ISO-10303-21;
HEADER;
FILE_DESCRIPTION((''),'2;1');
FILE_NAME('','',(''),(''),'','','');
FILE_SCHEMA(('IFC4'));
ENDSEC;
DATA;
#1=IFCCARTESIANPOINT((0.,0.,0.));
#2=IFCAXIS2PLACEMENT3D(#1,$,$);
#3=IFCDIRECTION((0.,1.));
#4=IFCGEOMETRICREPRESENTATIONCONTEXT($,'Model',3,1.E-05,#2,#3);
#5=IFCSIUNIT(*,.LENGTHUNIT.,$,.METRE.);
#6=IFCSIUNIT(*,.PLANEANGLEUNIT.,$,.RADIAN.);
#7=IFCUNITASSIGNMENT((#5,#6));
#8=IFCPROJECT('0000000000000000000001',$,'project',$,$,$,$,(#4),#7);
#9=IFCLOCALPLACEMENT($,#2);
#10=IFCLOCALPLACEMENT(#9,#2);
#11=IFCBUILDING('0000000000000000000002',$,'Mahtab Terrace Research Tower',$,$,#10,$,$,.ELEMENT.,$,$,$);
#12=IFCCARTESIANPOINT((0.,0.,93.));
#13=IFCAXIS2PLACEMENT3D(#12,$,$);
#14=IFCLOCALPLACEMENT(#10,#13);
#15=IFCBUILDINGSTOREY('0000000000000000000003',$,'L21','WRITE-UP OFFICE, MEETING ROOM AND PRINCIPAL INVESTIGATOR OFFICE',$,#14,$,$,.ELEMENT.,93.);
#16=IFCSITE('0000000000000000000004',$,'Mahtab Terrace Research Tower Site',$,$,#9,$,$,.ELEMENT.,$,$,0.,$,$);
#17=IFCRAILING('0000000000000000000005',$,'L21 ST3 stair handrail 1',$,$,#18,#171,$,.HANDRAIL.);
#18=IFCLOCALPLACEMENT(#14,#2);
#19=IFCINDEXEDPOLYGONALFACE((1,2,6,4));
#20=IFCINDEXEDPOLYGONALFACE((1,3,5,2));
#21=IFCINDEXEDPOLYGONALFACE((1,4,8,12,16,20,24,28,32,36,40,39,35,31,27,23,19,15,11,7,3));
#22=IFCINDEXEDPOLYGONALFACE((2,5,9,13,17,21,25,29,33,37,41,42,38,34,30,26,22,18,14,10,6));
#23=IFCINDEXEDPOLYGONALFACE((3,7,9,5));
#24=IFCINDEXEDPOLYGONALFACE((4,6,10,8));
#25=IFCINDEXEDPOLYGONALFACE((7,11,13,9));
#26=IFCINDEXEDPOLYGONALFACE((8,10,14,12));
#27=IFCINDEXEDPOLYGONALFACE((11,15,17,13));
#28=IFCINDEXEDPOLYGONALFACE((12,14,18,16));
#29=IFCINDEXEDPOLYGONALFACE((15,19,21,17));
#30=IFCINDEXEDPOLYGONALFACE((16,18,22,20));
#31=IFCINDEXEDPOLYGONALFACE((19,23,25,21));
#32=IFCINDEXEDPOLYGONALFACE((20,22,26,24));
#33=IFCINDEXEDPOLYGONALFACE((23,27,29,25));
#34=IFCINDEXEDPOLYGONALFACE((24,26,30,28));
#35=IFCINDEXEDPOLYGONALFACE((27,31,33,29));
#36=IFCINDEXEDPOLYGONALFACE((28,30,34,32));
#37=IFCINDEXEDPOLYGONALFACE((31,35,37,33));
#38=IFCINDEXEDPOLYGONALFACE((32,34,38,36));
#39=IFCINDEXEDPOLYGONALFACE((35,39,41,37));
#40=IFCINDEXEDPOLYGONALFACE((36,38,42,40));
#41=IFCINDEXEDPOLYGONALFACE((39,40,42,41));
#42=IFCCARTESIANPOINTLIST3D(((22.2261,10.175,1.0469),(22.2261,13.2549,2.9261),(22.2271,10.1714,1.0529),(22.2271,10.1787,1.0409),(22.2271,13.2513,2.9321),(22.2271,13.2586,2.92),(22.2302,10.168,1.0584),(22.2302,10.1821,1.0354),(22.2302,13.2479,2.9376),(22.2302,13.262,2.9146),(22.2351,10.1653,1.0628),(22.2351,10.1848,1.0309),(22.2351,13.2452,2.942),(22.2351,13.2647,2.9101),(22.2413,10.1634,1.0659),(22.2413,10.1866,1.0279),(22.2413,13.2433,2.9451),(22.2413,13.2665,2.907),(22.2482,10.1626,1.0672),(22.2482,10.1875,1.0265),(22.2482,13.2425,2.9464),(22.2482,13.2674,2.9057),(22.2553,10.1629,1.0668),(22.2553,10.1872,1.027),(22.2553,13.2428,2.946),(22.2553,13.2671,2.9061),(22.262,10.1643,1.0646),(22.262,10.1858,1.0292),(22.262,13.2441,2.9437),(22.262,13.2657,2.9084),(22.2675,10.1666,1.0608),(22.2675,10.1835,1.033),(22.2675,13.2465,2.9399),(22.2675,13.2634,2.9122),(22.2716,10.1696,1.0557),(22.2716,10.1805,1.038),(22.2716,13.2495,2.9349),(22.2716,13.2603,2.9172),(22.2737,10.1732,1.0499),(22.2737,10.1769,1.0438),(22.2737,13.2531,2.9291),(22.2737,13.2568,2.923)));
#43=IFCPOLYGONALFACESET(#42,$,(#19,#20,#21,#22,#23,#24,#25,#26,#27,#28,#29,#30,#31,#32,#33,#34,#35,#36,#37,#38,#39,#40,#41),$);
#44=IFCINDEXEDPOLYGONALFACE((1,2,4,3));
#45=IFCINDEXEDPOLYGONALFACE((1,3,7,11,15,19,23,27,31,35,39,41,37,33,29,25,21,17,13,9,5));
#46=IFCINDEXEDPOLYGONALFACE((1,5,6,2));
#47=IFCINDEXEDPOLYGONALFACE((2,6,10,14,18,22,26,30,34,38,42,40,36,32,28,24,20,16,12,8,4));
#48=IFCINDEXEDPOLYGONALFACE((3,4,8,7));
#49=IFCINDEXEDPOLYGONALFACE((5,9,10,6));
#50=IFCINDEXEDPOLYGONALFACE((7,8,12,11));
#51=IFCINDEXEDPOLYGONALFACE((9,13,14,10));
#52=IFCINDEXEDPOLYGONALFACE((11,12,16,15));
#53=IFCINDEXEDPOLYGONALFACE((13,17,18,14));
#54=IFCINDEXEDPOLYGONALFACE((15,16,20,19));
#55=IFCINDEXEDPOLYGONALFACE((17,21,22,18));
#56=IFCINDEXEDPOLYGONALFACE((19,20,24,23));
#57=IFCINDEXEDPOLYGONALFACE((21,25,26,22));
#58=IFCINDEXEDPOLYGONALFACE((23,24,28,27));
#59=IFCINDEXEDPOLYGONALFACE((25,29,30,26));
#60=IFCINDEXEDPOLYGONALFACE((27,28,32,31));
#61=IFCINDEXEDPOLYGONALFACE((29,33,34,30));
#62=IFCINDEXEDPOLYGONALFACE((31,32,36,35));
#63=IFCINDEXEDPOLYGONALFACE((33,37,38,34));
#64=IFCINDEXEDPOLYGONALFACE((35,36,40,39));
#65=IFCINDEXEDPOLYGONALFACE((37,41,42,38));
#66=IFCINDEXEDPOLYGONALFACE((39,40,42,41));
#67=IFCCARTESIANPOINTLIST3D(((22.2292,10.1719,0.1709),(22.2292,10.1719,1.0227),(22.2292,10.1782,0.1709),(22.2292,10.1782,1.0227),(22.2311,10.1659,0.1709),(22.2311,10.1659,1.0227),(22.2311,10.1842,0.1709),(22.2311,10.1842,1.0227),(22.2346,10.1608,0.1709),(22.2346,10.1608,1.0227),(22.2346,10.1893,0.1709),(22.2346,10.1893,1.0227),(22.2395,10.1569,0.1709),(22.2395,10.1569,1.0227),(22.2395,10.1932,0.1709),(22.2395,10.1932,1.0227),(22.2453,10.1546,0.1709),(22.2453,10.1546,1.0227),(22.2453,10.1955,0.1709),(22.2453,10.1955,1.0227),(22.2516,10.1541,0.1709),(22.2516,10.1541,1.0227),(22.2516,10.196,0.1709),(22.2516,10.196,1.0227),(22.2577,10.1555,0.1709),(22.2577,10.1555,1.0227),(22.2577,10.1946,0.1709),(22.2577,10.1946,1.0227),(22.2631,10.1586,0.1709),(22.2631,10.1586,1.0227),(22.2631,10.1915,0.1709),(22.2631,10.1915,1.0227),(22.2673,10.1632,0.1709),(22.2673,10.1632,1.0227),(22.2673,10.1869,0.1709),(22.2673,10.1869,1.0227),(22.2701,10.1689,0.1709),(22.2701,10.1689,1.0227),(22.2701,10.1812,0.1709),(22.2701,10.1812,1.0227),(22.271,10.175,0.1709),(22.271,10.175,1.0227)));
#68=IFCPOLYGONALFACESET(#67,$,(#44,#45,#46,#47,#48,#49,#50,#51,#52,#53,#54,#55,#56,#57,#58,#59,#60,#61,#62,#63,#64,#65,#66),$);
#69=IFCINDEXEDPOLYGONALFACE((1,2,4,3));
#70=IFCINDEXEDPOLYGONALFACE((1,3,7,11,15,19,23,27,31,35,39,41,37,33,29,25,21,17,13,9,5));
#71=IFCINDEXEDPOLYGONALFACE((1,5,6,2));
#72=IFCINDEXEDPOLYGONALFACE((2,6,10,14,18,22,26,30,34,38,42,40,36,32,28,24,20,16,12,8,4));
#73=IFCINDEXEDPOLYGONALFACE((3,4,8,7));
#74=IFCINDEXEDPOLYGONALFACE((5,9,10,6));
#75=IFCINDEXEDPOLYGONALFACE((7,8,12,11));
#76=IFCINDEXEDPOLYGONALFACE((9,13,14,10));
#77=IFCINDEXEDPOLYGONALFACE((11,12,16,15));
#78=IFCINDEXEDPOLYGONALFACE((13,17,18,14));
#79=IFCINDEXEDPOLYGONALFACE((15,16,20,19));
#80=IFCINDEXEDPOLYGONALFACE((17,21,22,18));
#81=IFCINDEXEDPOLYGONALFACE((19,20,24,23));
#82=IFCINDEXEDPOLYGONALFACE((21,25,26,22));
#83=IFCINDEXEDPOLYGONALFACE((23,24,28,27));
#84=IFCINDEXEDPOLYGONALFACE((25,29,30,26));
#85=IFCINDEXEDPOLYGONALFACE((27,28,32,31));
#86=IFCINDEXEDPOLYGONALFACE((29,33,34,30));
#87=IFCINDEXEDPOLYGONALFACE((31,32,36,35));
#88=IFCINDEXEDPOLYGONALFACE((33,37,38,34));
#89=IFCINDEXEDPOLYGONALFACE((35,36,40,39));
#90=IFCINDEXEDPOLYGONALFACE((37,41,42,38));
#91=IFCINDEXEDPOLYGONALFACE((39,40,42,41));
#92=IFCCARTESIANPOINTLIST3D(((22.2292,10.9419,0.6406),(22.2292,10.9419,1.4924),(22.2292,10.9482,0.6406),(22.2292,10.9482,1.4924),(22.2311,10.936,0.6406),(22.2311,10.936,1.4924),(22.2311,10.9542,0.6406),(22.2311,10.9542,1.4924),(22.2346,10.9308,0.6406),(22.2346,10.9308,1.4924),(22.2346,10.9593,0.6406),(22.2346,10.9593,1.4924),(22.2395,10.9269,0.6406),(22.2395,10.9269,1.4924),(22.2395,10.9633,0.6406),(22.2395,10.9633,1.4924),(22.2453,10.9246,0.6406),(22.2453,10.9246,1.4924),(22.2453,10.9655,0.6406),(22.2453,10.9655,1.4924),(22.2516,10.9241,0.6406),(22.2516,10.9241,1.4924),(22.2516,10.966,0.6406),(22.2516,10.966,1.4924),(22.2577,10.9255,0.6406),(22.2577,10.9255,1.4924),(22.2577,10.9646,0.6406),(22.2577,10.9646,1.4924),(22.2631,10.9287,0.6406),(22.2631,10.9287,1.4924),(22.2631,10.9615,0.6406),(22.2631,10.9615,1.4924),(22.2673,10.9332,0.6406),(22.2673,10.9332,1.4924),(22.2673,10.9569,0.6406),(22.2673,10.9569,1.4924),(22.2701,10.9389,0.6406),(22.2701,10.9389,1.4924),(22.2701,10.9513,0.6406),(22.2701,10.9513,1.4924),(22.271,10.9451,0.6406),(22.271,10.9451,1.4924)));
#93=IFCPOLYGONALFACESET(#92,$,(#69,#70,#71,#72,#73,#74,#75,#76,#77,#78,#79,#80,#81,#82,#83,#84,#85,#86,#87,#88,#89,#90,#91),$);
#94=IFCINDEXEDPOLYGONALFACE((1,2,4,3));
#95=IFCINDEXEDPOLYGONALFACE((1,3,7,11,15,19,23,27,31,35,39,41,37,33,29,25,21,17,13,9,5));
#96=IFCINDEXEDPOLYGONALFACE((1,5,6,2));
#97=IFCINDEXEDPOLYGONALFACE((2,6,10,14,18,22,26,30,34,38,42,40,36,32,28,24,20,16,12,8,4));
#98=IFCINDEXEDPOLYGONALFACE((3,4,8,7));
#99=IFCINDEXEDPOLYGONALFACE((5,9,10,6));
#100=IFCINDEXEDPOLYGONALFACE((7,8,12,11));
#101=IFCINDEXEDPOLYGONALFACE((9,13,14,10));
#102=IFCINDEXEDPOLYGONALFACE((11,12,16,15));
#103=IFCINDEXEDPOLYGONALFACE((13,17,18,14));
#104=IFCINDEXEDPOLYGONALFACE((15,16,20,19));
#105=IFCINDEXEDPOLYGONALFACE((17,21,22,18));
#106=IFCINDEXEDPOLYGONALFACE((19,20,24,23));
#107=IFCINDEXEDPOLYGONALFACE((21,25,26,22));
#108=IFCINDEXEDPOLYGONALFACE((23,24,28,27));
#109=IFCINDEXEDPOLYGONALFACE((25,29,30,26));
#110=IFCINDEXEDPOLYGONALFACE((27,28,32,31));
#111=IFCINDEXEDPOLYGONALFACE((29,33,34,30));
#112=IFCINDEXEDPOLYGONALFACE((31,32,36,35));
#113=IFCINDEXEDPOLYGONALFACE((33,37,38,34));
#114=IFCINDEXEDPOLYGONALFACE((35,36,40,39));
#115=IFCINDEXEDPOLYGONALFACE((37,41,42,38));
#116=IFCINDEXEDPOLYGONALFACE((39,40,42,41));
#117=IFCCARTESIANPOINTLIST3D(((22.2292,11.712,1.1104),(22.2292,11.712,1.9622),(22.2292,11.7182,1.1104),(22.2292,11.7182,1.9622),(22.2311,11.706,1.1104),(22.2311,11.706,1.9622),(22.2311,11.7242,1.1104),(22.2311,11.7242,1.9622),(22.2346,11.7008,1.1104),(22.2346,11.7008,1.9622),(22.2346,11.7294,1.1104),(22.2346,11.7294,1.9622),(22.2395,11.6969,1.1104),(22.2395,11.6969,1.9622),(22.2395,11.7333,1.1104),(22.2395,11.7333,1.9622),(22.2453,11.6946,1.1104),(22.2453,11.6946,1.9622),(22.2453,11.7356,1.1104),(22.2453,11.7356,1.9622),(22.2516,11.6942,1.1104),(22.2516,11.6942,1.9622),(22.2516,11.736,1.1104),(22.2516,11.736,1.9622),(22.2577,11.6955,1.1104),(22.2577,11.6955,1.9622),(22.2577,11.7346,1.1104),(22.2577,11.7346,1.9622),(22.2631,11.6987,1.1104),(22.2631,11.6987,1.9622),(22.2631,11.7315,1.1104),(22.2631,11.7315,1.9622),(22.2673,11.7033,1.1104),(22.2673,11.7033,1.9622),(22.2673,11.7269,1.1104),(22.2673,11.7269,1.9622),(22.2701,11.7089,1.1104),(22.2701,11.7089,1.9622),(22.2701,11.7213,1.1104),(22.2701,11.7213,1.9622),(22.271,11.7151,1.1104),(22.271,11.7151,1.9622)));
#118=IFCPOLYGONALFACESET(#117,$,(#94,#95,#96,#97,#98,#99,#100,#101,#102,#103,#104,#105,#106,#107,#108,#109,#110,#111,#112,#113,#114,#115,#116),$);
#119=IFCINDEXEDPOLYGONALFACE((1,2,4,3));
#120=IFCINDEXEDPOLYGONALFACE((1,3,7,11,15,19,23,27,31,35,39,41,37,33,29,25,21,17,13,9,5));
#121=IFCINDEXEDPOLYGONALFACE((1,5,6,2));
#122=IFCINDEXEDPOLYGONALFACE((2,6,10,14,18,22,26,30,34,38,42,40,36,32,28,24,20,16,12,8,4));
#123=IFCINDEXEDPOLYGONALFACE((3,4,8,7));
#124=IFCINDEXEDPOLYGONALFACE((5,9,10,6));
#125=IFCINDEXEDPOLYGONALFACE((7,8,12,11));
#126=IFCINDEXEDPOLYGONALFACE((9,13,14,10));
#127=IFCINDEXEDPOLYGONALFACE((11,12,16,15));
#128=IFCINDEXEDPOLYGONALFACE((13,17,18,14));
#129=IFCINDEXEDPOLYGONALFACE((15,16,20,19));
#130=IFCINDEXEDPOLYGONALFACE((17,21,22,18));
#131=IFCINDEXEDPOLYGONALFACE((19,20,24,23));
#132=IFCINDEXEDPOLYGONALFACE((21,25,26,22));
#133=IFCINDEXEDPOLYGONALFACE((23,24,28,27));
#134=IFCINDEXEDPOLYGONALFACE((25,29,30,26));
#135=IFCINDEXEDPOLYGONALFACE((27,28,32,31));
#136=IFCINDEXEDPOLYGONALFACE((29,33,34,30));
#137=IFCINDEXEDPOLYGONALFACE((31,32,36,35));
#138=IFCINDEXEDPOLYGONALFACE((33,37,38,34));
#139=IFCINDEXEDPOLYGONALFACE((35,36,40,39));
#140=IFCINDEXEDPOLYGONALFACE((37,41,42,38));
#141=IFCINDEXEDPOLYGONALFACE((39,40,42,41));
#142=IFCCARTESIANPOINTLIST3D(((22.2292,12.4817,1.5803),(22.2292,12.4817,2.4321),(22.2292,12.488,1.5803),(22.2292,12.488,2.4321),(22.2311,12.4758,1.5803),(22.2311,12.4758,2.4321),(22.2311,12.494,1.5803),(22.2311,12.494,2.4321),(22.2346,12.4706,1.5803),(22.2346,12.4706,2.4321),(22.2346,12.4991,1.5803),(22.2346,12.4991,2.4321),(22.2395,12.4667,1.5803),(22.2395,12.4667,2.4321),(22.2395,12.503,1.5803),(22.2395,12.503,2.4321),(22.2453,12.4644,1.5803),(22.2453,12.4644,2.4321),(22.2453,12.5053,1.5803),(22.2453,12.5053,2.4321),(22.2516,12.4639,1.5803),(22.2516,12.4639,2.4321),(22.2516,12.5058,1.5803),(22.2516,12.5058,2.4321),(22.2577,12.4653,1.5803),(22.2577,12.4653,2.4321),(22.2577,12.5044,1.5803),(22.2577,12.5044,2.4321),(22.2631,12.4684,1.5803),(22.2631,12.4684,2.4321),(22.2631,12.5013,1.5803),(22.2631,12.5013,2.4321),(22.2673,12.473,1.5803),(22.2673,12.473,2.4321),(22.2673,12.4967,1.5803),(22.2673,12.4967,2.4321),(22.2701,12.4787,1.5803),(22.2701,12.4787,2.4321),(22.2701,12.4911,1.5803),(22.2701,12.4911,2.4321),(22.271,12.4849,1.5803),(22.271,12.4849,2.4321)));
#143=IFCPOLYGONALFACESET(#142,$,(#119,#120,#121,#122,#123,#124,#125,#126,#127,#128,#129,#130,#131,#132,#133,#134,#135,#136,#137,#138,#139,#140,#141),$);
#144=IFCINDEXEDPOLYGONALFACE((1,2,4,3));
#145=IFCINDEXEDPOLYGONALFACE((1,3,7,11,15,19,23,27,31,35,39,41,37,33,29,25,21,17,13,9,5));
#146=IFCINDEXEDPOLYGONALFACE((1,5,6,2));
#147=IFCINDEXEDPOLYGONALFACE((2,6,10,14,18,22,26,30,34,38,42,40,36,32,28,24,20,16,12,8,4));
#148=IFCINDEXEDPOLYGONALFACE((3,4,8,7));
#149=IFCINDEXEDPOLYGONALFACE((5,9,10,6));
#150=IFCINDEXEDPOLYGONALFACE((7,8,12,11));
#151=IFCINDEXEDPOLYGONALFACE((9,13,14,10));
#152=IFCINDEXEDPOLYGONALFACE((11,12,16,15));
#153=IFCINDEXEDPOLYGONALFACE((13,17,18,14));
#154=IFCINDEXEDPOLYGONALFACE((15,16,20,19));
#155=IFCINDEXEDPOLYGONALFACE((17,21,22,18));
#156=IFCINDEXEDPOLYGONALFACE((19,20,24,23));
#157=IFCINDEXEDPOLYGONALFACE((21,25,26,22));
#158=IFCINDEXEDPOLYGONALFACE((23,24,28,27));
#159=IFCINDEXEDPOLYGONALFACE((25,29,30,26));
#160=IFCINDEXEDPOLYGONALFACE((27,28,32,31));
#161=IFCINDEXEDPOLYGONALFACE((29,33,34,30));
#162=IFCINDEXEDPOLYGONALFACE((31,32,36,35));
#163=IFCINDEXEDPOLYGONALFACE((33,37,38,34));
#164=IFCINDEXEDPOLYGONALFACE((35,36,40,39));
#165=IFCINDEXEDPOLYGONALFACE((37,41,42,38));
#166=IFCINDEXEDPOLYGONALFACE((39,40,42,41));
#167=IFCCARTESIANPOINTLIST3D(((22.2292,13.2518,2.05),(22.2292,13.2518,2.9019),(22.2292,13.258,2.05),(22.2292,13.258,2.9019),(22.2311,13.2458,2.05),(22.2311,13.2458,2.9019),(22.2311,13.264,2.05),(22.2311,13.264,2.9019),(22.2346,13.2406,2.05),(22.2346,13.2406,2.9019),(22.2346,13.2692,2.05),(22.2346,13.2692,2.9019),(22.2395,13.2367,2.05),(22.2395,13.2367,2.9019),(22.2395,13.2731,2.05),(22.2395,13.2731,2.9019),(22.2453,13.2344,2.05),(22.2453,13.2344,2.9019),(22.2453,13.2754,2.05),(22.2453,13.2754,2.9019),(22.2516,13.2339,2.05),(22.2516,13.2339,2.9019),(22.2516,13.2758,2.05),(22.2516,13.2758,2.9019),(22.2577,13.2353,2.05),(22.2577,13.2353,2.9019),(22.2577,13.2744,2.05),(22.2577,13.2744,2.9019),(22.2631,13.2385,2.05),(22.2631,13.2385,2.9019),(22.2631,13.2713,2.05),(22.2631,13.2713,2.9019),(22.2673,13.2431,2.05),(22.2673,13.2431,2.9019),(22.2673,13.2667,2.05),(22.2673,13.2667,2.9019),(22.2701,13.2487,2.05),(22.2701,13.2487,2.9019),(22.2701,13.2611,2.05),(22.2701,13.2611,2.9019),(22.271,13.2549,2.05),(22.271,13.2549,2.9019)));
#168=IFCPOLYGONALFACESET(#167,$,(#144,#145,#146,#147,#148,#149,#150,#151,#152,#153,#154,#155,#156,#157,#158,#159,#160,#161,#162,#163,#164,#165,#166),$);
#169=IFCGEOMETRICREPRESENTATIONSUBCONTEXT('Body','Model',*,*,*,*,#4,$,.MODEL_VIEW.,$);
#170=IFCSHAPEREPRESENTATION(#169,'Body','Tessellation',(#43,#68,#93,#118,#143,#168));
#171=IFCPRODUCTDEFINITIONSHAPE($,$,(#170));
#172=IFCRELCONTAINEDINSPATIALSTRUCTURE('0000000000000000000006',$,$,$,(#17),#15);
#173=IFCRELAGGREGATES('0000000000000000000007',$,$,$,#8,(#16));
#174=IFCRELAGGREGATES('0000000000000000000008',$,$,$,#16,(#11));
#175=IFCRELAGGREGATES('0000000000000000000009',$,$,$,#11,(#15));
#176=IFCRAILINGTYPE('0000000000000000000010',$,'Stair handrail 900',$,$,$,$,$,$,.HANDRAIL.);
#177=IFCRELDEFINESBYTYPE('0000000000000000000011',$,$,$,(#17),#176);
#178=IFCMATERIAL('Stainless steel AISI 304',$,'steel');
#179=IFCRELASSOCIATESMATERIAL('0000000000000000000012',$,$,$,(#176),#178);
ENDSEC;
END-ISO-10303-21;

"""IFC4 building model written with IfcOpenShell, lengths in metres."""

from ifc_helpers import new_model, si_unit, direction, frame, origin, origin_2d, place, context, subcontext, project, spatial, circle, extrude, material, type_object, element, save


model = new_model("IFC4")

# Units and contexts
model_context = context("Model", 3, precision=1e-05, world=origin(), true_north=direction((0.0, 1.0)))
body_context = subcontext(model_context, "Body", "Model", "MODEL_VIEW")
ifc_project = project(units=[si_unit("LENGTHUNIT", "METRE"), si_unit("PLANEANGLEUNIT", "RADIAN")], contexts=[model_context])

# Site, building, storey
site_placement = place(None, origin())
site = spatial("IfcSite", under=ifc_project, at=site_placement, Name="Mahtab Terrace Research Tower Site", CompositionType="ELEMENT", RefElevation=0.0)
building_placement = place(site_placement, origin())
building = spatial("IfcBuilding", under=site, at=building_placement, Name="Mahtab Terrace Research Tower", CompositionType="ELEMENT")
storey_placement = place(building_placement, frame((0.0, 0.0, 93.0)))
storey = spatial("IfcBuildingStorey", under=building, at=storey_placement, Name="L21", Description="WRITE-UP OFFICE, MEETING ROOM AND PRINCIPAL INVESTIGATOR OFFICE", CompositionType="ELEMENT", Elevation=93.0)

# Shared definitions
ifc_material_1 = material(Name="Stainless steel AISI 304", Category="steel")

# Railing
railing_type_1 = type_object("IfcRailingType", Name="Stair handrail 900", PredefinedType="HANDRAIL", material=ifc_material_1)
railing_1_placement = place(storey_placement, frame((22.25, 10.175, 0.1709)))
element("IfcRailing", 1, at=railing_1_placement, inside=storey, type_object=railing_type_1, Name="L21 ST3 stair handrail 1", PredefinedType="HANDRAIL", context=body_context, shape_type="SweptSolid", body=[
    extrude(circle(Radius=0.0239, at=origin_2d()), frame((0.0, 0.0, 0.876), z_axis=(0.0, 0.853648, 0.52085), x_axis=(-1.0, 0.0, 0.0)), (0.0, 0.0, 1.0), 3.6079),
    extrude(circle(Radius=0.021, at=origin_2d()), origin(), (0.0, 0.0, 1.0), 0.8518),
    extrude(circle(Radius=0.021, at=origin_2d()), frame((0.0, 0.77, 0.4697)), (0.0, 0.0, 1.0), 0.8518),
    extrude(circle(Radius=0.021, at=origin_2d()), frame((0.0, 1.54, 0.9395)), (0.0, 0.0, 1.0), 0.8518),
    extrude(circle(Radius=0.021, at=origin_2d()), frame((0.0, 2.3098, 1.4094)), (0.0, 0.0, 1.0), 0.8518),
    extrude(circle(Radius=0.021, at=origin_2d()), frame((0.0, 3.0798, 1.8792)), (0.0, 0.0, 1.0), 0.8518),
])

save(model, "model.ifc")
